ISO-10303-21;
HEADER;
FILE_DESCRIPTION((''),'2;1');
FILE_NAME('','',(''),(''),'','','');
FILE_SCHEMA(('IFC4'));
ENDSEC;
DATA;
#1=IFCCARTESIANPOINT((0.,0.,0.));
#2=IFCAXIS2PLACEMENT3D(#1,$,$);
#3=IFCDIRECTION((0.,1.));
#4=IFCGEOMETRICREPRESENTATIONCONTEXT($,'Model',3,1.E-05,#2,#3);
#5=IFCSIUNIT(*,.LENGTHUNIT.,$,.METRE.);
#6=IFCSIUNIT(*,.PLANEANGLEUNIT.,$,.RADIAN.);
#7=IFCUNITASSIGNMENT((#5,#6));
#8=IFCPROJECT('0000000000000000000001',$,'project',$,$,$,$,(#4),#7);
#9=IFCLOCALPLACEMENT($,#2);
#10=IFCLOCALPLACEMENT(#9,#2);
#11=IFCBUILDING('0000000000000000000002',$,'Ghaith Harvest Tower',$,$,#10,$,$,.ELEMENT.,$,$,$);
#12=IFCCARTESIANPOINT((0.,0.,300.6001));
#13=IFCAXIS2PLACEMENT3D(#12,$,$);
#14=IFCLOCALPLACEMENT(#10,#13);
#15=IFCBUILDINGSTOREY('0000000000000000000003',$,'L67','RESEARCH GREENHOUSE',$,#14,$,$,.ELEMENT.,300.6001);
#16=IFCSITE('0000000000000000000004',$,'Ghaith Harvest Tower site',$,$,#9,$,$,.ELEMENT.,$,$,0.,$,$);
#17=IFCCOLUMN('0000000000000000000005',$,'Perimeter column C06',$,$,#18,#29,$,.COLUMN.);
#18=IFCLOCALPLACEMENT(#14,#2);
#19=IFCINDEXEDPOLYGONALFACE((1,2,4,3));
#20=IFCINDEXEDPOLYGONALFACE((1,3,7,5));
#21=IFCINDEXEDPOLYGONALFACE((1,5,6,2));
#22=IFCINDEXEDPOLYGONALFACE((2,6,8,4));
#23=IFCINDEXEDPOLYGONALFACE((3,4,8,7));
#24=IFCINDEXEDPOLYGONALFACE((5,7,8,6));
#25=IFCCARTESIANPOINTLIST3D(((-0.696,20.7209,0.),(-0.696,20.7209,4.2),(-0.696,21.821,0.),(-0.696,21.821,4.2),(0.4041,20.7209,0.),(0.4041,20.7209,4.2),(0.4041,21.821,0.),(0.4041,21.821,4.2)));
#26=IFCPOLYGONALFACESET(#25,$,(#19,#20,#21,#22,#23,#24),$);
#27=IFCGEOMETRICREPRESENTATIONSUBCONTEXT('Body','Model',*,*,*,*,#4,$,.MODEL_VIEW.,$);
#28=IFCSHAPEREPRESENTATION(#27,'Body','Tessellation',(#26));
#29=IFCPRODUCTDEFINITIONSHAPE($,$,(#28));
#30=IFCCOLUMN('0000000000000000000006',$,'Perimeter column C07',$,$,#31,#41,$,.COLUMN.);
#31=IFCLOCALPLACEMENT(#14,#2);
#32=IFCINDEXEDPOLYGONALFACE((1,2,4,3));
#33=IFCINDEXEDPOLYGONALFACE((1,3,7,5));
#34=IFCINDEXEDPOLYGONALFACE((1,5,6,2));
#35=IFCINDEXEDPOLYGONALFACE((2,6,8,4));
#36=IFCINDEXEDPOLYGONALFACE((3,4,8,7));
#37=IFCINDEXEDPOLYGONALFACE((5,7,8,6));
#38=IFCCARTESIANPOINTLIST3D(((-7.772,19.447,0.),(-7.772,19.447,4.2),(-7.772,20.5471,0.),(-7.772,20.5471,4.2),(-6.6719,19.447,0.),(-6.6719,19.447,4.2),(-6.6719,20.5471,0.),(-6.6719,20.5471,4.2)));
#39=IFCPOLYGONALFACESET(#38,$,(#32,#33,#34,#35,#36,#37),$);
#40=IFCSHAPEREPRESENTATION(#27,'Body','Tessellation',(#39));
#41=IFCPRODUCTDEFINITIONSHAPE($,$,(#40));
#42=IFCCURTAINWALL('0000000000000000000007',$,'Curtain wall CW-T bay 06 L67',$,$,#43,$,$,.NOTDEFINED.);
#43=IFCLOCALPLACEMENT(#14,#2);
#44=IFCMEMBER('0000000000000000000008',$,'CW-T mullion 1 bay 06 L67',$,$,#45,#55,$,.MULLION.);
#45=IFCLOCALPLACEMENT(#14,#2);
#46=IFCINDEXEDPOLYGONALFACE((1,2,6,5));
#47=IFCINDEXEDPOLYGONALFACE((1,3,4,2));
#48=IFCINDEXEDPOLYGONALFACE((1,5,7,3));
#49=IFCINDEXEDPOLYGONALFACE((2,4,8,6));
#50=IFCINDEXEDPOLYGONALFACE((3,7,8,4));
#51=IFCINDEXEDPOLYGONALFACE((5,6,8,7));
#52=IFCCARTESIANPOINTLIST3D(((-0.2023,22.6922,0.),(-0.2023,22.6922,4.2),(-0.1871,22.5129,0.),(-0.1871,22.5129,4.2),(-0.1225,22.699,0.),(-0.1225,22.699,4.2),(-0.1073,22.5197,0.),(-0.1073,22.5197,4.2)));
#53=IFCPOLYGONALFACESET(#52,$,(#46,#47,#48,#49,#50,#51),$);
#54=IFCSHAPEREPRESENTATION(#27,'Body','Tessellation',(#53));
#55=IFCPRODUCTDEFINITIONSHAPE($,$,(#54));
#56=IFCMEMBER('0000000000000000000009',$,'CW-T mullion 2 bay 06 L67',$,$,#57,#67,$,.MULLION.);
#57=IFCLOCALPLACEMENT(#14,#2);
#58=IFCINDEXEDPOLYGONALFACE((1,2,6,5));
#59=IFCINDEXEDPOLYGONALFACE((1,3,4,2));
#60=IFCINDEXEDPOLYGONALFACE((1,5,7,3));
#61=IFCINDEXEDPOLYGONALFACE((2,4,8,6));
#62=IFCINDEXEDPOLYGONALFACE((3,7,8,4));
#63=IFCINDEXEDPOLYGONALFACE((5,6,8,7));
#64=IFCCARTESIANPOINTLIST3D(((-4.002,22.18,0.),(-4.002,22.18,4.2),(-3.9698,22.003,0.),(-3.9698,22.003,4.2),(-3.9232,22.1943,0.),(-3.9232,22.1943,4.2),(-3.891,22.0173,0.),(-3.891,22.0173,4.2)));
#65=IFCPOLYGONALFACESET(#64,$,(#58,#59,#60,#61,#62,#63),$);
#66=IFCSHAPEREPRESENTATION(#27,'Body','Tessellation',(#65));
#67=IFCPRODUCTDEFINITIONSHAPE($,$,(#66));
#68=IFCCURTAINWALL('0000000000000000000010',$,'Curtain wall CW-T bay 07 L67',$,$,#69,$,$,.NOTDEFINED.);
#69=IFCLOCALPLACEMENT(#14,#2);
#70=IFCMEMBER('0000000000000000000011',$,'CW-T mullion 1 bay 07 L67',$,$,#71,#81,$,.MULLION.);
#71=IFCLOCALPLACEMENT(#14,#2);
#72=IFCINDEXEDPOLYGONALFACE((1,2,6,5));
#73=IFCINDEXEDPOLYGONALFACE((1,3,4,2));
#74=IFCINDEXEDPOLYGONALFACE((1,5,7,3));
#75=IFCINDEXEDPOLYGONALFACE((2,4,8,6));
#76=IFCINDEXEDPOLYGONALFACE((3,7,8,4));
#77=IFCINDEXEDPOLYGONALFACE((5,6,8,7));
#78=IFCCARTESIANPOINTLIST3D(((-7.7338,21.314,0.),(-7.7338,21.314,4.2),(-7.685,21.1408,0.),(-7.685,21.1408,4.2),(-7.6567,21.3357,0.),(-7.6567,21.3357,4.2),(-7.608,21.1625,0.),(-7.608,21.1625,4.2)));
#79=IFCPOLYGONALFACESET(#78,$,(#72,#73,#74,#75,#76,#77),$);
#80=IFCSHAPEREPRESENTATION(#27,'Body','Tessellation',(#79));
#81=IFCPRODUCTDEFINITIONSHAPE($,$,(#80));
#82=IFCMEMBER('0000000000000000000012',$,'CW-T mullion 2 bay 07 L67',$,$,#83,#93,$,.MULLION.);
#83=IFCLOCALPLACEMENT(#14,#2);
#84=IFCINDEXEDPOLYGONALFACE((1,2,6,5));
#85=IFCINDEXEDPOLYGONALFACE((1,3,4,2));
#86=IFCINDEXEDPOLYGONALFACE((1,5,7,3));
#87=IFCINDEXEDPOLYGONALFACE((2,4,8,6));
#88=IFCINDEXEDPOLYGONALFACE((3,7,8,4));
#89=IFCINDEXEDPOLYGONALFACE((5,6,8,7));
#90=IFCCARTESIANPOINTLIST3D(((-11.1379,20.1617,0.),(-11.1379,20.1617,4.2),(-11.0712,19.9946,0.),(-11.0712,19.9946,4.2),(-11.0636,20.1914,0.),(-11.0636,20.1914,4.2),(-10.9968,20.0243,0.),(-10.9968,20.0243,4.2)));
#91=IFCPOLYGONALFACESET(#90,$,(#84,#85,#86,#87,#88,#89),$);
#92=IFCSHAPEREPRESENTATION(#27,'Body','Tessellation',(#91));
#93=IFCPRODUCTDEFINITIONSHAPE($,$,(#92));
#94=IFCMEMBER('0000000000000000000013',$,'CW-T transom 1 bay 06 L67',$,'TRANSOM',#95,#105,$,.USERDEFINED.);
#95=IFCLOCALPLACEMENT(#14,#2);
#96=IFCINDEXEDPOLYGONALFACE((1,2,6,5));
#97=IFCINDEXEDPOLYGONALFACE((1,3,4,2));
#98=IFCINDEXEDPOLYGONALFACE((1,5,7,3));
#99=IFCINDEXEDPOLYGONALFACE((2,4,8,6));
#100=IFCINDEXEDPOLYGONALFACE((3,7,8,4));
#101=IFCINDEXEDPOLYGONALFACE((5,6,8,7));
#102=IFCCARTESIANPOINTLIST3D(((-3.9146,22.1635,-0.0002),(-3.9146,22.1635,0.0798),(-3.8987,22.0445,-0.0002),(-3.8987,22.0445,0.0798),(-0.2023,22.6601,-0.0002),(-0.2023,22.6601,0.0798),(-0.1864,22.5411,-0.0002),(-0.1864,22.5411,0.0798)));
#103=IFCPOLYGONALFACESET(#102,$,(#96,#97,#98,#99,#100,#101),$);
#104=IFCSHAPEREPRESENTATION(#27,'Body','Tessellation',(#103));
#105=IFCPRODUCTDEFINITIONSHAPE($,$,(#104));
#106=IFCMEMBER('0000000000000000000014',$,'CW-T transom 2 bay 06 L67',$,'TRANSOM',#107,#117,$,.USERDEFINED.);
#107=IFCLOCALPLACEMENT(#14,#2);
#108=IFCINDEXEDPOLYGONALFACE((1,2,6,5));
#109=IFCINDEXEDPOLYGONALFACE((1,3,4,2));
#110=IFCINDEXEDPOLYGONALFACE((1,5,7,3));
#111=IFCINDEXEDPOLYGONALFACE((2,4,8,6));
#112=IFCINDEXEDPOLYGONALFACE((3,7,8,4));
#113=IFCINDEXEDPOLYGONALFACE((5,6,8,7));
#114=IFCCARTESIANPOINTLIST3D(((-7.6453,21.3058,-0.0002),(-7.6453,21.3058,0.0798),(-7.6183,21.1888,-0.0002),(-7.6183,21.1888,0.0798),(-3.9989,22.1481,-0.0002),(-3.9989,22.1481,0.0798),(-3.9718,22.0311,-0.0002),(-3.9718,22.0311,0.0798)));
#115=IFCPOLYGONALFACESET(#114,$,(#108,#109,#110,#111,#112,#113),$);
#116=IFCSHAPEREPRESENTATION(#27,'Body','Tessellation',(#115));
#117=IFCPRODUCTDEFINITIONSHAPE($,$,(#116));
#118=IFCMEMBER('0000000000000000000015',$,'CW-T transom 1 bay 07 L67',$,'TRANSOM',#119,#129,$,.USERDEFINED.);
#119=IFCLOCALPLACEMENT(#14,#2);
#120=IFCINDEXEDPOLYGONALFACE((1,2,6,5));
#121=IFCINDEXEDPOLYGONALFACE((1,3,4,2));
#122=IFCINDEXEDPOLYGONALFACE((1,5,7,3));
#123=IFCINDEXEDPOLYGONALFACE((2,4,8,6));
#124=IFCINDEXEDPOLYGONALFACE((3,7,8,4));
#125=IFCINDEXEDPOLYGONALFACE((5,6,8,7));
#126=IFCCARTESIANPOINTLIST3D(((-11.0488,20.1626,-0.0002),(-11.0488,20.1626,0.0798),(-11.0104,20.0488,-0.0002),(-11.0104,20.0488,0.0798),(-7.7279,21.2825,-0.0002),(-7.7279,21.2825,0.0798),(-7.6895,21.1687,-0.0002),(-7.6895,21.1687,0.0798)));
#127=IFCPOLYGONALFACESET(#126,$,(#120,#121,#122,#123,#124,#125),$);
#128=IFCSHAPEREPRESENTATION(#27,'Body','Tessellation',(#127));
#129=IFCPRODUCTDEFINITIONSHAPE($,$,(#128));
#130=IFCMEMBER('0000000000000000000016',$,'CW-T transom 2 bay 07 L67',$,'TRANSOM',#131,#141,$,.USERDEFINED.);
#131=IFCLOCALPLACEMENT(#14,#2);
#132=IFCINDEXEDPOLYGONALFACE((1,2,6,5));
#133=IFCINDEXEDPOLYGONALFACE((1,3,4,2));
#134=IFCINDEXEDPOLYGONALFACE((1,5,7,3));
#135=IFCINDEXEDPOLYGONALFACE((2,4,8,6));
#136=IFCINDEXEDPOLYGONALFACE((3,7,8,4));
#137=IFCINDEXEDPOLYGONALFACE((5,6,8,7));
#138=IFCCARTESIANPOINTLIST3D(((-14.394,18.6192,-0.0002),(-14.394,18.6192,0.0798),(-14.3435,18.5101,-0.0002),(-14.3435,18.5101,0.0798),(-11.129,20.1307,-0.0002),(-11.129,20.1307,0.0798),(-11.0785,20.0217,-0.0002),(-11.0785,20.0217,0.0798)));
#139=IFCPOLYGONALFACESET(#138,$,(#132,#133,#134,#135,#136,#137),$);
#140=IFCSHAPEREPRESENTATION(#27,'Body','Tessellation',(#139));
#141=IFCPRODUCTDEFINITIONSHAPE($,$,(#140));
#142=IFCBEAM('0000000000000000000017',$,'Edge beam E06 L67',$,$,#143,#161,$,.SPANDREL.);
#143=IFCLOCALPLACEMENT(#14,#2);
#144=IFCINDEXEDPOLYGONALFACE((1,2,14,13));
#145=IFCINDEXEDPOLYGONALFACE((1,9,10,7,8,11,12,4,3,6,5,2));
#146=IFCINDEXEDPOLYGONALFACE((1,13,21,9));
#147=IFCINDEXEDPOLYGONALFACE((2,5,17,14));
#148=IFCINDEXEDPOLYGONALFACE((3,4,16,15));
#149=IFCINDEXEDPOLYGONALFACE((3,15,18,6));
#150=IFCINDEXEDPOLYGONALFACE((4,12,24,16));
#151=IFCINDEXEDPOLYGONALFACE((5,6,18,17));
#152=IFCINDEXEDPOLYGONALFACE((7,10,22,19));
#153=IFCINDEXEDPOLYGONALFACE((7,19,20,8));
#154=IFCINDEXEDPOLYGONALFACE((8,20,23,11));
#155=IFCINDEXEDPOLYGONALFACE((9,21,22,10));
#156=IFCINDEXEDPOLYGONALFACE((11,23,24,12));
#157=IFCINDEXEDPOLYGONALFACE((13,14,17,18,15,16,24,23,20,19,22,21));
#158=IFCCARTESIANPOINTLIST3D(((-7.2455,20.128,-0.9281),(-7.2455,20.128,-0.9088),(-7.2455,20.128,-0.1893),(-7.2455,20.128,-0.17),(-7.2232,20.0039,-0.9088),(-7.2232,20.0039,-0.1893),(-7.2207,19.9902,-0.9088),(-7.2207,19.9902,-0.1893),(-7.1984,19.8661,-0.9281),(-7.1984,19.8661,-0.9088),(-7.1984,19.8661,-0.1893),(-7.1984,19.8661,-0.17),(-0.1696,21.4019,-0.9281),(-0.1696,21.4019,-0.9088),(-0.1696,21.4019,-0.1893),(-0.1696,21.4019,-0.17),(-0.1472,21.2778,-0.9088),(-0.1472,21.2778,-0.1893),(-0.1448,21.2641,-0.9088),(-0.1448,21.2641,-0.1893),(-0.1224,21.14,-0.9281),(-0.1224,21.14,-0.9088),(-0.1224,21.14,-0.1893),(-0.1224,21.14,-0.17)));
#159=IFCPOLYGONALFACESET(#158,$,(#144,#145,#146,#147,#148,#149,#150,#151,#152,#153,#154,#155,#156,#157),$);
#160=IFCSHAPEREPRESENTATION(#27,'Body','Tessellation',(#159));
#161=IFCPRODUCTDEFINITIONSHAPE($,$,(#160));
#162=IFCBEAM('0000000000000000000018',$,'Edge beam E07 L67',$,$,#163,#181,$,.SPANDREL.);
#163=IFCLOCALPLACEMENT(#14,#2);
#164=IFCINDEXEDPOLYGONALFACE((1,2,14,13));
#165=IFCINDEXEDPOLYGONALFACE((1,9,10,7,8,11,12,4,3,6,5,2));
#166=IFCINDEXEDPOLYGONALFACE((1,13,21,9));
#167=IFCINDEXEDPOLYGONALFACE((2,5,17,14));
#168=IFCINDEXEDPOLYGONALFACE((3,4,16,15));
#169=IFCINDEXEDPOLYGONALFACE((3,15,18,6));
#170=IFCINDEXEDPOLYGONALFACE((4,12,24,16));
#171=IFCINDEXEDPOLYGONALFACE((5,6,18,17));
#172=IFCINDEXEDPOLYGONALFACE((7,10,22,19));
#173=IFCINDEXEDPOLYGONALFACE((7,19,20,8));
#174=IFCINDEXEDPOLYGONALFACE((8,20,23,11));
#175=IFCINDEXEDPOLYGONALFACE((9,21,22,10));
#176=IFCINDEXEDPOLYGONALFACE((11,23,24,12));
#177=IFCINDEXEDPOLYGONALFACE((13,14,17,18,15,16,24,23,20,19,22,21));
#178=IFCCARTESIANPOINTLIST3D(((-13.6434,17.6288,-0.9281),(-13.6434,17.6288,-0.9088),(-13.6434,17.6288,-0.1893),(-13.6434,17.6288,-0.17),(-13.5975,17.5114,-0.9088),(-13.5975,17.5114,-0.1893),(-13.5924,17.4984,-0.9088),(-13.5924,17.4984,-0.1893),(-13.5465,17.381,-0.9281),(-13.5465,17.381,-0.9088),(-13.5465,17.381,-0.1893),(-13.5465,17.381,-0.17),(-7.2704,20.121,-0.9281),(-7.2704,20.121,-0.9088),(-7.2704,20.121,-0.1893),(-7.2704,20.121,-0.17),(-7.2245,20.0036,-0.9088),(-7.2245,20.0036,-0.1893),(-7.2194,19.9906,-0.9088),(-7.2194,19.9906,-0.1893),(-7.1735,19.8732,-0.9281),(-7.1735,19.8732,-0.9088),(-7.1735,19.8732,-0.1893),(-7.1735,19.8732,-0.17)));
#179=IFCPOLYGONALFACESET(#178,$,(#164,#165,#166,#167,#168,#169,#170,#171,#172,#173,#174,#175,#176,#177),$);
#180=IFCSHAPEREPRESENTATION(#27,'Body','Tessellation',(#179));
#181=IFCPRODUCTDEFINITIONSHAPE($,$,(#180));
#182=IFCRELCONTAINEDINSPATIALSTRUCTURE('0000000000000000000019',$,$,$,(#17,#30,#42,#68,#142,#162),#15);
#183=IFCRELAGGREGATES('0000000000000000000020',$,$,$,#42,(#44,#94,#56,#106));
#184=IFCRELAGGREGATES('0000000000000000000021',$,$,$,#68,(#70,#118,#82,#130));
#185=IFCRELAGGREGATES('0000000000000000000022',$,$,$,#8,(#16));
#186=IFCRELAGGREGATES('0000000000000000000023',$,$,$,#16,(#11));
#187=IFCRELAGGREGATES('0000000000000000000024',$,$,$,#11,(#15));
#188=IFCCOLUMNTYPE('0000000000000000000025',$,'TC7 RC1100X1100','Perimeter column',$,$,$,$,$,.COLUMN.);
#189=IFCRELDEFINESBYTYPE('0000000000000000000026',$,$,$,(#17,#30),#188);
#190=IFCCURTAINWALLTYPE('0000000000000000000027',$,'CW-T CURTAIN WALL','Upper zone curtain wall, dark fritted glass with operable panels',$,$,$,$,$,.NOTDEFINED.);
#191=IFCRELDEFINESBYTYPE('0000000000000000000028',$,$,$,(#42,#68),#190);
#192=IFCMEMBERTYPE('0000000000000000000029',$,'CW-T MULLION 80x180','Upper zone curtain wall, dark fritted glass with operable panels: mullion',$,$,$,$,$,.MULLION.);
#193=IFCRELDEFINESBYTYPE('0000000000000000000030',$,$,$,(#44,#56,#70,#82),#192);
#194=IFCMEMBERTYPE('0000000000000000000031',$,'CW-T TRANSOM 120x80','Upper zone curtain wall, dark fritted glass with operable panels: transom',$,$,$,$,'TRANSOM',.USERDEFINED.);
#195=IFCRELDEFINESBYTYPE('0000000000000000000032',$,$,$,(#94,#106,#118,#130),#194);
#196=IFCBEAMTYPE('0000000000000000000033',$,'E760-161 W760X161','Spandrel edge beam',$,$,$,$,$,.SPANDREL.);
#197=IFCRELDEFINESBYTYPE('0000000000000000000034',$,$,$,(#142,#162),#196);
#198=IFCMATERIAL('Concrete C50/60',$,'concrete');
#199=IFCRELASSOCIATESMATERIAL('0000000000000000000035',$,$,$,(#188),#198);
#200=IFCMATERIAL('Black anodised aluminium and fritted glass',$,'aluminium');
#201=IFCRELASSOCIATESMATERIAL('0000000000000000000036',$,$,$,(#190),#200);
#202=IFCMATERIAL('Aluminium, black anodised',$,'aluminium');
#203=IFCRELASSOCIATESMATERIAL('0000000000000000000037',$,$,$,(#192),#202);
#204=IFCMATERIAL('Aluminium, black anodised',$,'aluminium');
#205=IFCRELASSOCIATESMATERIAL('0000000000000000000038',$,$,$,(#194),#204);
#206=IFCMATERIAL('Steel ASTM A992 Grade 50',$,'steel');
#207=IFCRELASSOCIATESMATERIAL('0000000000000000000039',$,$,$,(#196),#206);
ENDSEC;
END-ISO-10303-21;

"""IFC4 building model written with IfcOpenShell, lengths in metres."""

from ifc_helpers import new_model, si_unit, direction, frame, origin, origin_2d, place, context, subcontext, project, spatial, rectangle, i_section, extrude, material, material_profile, profile_set, type_object, element, aggregate, save


model = new_model("IFC4")

# Units and contexts
model_context = context("Model", 3, precision=1e-05, world=origin(), true_north=direction((0.0, 1.0)))
body_context = subcontext(model_context, "Body", "Model", "MODEL_VIEW")
ifc_project = project(units=[si_unit("LENGTHUNIT", "METRE"), si_unit("PLANEANGLEUNIT", "RADIAN")], contexts=[model_context])

# Site, building, storey
site_placement = place(None, origin())
site = spatial("IfcSite", under=ifc_project, at=site_placement, Name="Ghaith Harvest Tower site", CompositionType="ELEMENT", RefElevation=0.0)
building_placement = place(site_placement, origin())
building = spatial("IfcBuilding", under=site, at=building_placement, Name="Ghaith Harvest Tower", CompositionType="ELEMENT")
storey_placement = place(building_placement, frame((0.0, 0.0, 300.6001)))
storey = spatial("IfcBuildingStorey", under=building, at=storey_placement, Name="L67", Description="RESEARCH GREENHOUSE", CompositionType="ELEMENT", Elevation=300.6001)

# Columns
ifc_material_1 = material(Name="Concrete C50/60", Category="concrete")
ifc_material_profile_1 = material_profile(ifc_material_1, rectangle(XDim=1.1001, YDim=1.1001, at=origin_2d()), Name="RC1100X1100")
ifc_profile_set_1 = profile_set([ifc_material_profile_1], Name="Concrete C50/60")
column_type = type_object("IfcColumnType", Name="TC7 RC1100X1100", Description="Perimeter column", PredefinedType="COLUMN", material=ifc_profile_set_1)
for number, where, z_axis, x_axis, name in (
    (1, (-0.146, 21.271, 0.0), (0.0, 0.0, 1.0), (1.0, 0.0, 0.0), "Perimeter column C06"),
    (2, (-7.2219, 19.9971, 0.0), (0.0, 0.0, 1.0), (1.0, 0.0, 0.0), "Perimeter column C07"),
):
    element("IfcColumn", number, at=place(storey_placement, frame(where, z_axis=z_axis, x_axis=x_axis)), inside=storey, type_object=column_type, Name=name, PredefinedType="COLUMN", context=body_context, shape_type="SweptSolid", body=[
        extrude(rectangle(XDim=1.1001, YDim=1.1001, at=origin_2d()), origin(), (0.0, 0.0, 1.0), 4.2),
    ])

# Curtain walls, members
ifc_material_2 = material(Name="Black anodised aluminium and fritted glass", Category="aluminium")
curtain_wall_type = type_object("IfcCurtainWallType", Name="CW-T CURTAIN WALL", Description="Upper zone curtain wall, dark fritted glass with operable panels", PredefinedType="NOTDEFINED", material=ifc_material_2)
curtain_wall_1_placement = place(storey_placement, origin())
curtain_wall_1 = element("IfcCurtainWall", 3, at=curtain_wall_1_placement, inside=storey, type_object=curtain_wall_type, Name="Curtain wall CW-T bay 06 L67", PredefinedType="NOTDEFINED")
ifc_material_3 = material(Name="Aluminium, black anodised", Category="aluminium")
ifc_material_profile_2 = material_profile(ifc_material_3, rectangle(XDim=0.0801, YDim=0.1799, at=origin_2d()), Name="CW-T MULLION 80x180")
ifc_profile_set_2 = profile_set([ifc_material_profile_2], Name="Aluminium, black anodised")
member_type_1 = type_object("IfcMemberType", Name="CW-T MULLION 80x180", Description="Upper zone curtain wall, dark fritted glass with operable panels: mullion", PredefinedType="MULLION", material=ifc_profile_set_2)
member_1_placement = place(storey_placement, frame((-0.1548, 22.606, 0.0), z_axis=(0.0, 0.0, 1.0), x_axis=(-0.996415, -0.084602, 0.0)))
member_1 = element("IfcMember", 4, at=member_1_placement, type_object=member_type_1, Name="CW-T mullion 1 bay 06 L67", PredefinedType="MULLION", context=body_context, shape_type="SweptSolid", body=[
    extrude(rectangle(XDim=0.0801, YDim=0.1799, at=origin_2d()), origin(), (0.0, 0.0, 1.0), 4.2),
])
member_2_placement = place(storey_placement, frame((-3.9465, 22.0986, 0.0), z_axis=(0.0, 0.0, 1.0), x_axis=(-0.983843, -0.179031, 0.0)))
member_2 = element("IfcMember", 5, at=member_2_placement, type_object=member_type_1, Name="CW-T mullion 2 bay 06 L67", PredefinedType="MULLION", context=body_context, shape_type="SweptSolid", body=[
    extrude(rectangle(XDim=0.0801, YDim=0.1799, at=origin_2d()), origin(), (0.0, 0.0, 1.0), 4.2),
])
curtain_wall_2_placement = place(storey_placement, origin())
curtain_wall_2 = element("IfcCurtainWall", 6, at=curtain_wall_2_placement, inside=storey, type_object=curtain_wall_type, Name="Curtain wall CW-T bay 07 L67", PredefinedType="NOTDEFINED")
member_3_placement = place(storey_placement, frame((-7.6709, 21.2383, 0.0), z_axis=(0.0, 0.0, 1.0), x_axis=(-0.962552, -0.271095, 0.0)))
member_3 = element("IfcMember", 7, at=member_3_placement, type_object=member_type_1, Name="CW-T mullion 1 bay 07 L67", PredefinedType="MULLION", context=body_context, shape_type="SweptSolid", body=[
    extrude(rectangle(XDim=0.0801, YDim=0.1799, at=origin_2d()), origin(), (0.0, 0.0, 1.0), 4.2),
])
member_4_placement = place(storey_placement, frame((-11.0674, 20.093, 0.0), z_axis=(0.0, 0.0, 1.0), x_axis=(-0.928624, -0.371021, 0.0)))
member_4 = element("IfcMember", 8, at=member_4_placement, type_object=member_type_1, Name="CW-T mullion 2 bay 07 L67", PredefinedType="MULLION", context=body_context, shape_type="SweptSolid", body=[
    extrude(rectangle(XDim=0.0801, YDim=0.1799, at=origin_2d()), origin(), (0.0, 0.0, 1.0), 4.2),
])

# Members
ifc_material_4 = material(Name="Aluminium, black anodised", Category="aluminium")
ifc_material_profile_3 = material_profile(ifc_material_4, rectangle(XDim=0.1201, YDim=0.0801, at=origin_2d()), Name="CW-T TRANSOM 120x80")
ifc_profile_set_3 = profile_set([ifc_material_profile_3], Name="Aluminium, black anodised")
member_type_2 = type_object("IfcMemberType", Name="CW-T TRANSOM 120x80", Description="Upper zone curtain wall, dark fritted glass with operable panels: transom", ElementType="TRANSOM", PredefinedType="USERDEFINED", material=ifc_profile_set_3)
member_5_placement = place(storey_placement, frame((-0.1943, 22.6006, 0.0398), z_axis=(-0.991172, -0.132582, 0.0), x_axis=(0.132582, -0.991172, 0.0)))
member_5 = element("IfcMember", 9, at=member_5_placement, type_object=member_type_2, Name="CW-T transom 1 bay 06 L67", ObjectType="TRANSOM", PredefinedType="USERDEFINED", context=body_context, shape_type="SweptSolid", body=[
    extrude(rectangle(XDim=0.1201, YDim=0.0801, at=origin_2d()), origin(), (0.0, 0.0, 1.0), 3.7454),
])
member_6_placement = place(storey_placement, frame((-3.9854, 22.0896, 0.0398), z_axis=(-0.974345, -0.22506, 0.0), x_axis=(0.22506, -0.974345, 0.0)))
member_6 = element("IfcMember", 10, at=member_6_placement, type_object=member_type_2, Name="CW-T transom 2 bay 06 L67", ObjectType="TRANSOM", PredefinedType="USERDEFINED", context=body_context, shape_type="SweptSolid", body=[
    extrude(rectangle(XDim=0.1201, YDim=0.0801, at=origin_2d()), origin(), (0.0, 0.0, 1.0), 3.7424),
])
member_7_placement = place(storey_placement, frame((-7.7087, 21.2256, 0.0398), z_axis=(-0.94757, -0.319549, 0.0), x_axis=(0.319549, -0.94757, 0.0)))
member_7 = element("IfcMember", 11, at=member_7_placement, type_object=member_type_2, Name="CW-T transom 1 bay 07 L67", ObjectType="TRANSOM", PredefinedType="USERDEFINED", context=body_context, shape_type="SweptSolid", body=[
    extrude(rectangle(XDim=0.1201, YDim=0.0801, at=origin_2d()), origin(), (0.0, 0.0, 1.0), 3.5046),
])
member_8_placement = place(storey_placement, frame((-11.1038, 20.0762, 0.0398), z_axis=(-0.907472, -0.420112, 0.0), x_axis=(0.420112, -0.907472, 0.0)))
member_8 = element("IfcMember", 12, at=member_8_placement, type_object=member_type_2, Name="CW-T transom 2 bay 07 L67", ObjectType="TRANSOM", PredefinedType="USERDEFINED", context=body_context, shape_type="SweptSolid", body=[
    extrude(rectangle(XDim=0.1201, YDim=0.0801, at=origin_2d()), origin(), (0.0, 0.0, 1.0), 3.5979),
])

# Beams
ifc_material_5 = material(Name="Steel ASTM A992 Grade 50", Category="steel")
ifc_material_profile_4 = material_profile(ifc_material_5, i_section(OverallWidth=0.2661, OverallDepth=0.7581, WebThickness=0.0139, FlangeThickness=0.0193, at=origin_2d()), Name="W760X161")
ifc_profile_set_4 = profile_set([ifc_material_profile_4], Name="Steel ASTM A992 Grade 50")
beam_type_1 = type_object("IfcBeamType", Name="E760-161 W760X161", Description="Spandrel edge beam", PredefinedType="SPANDREL", material=ifc_profile_set_4)
beam_1_placement = place(storey_placement, frame((-0.146, 21.271, -0.5491), z_axis=(-0.984177, -0.177188, 0.0), x_axis=(0.177188, -0.984177, 0.0)))
element("IfcBeam", 13, at=beam_1_placement, inside=storey, type_object=beam_type_1, Name="Edge beam E06 L67", PredefinedType="SPANDREL", context=body_context, shape_type="SweptSolid", body=[
    extrude(i_section(OverallWidth=0.2661, OverallDepth=0.7581, WebThickness=0.0139, FlangeThickness=0.0193, at=origin_2d()), origin(), (0.0, 0.0, 1.0), 7.1897),
])
beam_2_placement = place(storey_placement, frame((-7.2219, 19.9971, -0.5491), z_axis=(-0.931323, -0.364195, 0.0), x_axis=(0.364195, -0.931323, 0.0)))
element("IfcBeam", 14, at=beam_2_placement, inside=storey, type_object=beam_type_1, Name="Edge beam E07 L67", PredefinedType="SPANDREL", context=body_context, shape_type="SweptSolid", body=[
    extrude(i_section(OverallWidth=0.2661, OverallDepth=0.7581, WebThickness=0.0139, FlangeThickness=0.0193, at=origin_2d()), origin(), (0.0, 0.0, 1.0), 6.843),
])

aggregate(curtain_wall_1, [member_1, member_5, member_2, member_6])
aggregate(curtain_wall_2, [member_3, member_7, member_4, member_8])

save(model, "model.ifc")
